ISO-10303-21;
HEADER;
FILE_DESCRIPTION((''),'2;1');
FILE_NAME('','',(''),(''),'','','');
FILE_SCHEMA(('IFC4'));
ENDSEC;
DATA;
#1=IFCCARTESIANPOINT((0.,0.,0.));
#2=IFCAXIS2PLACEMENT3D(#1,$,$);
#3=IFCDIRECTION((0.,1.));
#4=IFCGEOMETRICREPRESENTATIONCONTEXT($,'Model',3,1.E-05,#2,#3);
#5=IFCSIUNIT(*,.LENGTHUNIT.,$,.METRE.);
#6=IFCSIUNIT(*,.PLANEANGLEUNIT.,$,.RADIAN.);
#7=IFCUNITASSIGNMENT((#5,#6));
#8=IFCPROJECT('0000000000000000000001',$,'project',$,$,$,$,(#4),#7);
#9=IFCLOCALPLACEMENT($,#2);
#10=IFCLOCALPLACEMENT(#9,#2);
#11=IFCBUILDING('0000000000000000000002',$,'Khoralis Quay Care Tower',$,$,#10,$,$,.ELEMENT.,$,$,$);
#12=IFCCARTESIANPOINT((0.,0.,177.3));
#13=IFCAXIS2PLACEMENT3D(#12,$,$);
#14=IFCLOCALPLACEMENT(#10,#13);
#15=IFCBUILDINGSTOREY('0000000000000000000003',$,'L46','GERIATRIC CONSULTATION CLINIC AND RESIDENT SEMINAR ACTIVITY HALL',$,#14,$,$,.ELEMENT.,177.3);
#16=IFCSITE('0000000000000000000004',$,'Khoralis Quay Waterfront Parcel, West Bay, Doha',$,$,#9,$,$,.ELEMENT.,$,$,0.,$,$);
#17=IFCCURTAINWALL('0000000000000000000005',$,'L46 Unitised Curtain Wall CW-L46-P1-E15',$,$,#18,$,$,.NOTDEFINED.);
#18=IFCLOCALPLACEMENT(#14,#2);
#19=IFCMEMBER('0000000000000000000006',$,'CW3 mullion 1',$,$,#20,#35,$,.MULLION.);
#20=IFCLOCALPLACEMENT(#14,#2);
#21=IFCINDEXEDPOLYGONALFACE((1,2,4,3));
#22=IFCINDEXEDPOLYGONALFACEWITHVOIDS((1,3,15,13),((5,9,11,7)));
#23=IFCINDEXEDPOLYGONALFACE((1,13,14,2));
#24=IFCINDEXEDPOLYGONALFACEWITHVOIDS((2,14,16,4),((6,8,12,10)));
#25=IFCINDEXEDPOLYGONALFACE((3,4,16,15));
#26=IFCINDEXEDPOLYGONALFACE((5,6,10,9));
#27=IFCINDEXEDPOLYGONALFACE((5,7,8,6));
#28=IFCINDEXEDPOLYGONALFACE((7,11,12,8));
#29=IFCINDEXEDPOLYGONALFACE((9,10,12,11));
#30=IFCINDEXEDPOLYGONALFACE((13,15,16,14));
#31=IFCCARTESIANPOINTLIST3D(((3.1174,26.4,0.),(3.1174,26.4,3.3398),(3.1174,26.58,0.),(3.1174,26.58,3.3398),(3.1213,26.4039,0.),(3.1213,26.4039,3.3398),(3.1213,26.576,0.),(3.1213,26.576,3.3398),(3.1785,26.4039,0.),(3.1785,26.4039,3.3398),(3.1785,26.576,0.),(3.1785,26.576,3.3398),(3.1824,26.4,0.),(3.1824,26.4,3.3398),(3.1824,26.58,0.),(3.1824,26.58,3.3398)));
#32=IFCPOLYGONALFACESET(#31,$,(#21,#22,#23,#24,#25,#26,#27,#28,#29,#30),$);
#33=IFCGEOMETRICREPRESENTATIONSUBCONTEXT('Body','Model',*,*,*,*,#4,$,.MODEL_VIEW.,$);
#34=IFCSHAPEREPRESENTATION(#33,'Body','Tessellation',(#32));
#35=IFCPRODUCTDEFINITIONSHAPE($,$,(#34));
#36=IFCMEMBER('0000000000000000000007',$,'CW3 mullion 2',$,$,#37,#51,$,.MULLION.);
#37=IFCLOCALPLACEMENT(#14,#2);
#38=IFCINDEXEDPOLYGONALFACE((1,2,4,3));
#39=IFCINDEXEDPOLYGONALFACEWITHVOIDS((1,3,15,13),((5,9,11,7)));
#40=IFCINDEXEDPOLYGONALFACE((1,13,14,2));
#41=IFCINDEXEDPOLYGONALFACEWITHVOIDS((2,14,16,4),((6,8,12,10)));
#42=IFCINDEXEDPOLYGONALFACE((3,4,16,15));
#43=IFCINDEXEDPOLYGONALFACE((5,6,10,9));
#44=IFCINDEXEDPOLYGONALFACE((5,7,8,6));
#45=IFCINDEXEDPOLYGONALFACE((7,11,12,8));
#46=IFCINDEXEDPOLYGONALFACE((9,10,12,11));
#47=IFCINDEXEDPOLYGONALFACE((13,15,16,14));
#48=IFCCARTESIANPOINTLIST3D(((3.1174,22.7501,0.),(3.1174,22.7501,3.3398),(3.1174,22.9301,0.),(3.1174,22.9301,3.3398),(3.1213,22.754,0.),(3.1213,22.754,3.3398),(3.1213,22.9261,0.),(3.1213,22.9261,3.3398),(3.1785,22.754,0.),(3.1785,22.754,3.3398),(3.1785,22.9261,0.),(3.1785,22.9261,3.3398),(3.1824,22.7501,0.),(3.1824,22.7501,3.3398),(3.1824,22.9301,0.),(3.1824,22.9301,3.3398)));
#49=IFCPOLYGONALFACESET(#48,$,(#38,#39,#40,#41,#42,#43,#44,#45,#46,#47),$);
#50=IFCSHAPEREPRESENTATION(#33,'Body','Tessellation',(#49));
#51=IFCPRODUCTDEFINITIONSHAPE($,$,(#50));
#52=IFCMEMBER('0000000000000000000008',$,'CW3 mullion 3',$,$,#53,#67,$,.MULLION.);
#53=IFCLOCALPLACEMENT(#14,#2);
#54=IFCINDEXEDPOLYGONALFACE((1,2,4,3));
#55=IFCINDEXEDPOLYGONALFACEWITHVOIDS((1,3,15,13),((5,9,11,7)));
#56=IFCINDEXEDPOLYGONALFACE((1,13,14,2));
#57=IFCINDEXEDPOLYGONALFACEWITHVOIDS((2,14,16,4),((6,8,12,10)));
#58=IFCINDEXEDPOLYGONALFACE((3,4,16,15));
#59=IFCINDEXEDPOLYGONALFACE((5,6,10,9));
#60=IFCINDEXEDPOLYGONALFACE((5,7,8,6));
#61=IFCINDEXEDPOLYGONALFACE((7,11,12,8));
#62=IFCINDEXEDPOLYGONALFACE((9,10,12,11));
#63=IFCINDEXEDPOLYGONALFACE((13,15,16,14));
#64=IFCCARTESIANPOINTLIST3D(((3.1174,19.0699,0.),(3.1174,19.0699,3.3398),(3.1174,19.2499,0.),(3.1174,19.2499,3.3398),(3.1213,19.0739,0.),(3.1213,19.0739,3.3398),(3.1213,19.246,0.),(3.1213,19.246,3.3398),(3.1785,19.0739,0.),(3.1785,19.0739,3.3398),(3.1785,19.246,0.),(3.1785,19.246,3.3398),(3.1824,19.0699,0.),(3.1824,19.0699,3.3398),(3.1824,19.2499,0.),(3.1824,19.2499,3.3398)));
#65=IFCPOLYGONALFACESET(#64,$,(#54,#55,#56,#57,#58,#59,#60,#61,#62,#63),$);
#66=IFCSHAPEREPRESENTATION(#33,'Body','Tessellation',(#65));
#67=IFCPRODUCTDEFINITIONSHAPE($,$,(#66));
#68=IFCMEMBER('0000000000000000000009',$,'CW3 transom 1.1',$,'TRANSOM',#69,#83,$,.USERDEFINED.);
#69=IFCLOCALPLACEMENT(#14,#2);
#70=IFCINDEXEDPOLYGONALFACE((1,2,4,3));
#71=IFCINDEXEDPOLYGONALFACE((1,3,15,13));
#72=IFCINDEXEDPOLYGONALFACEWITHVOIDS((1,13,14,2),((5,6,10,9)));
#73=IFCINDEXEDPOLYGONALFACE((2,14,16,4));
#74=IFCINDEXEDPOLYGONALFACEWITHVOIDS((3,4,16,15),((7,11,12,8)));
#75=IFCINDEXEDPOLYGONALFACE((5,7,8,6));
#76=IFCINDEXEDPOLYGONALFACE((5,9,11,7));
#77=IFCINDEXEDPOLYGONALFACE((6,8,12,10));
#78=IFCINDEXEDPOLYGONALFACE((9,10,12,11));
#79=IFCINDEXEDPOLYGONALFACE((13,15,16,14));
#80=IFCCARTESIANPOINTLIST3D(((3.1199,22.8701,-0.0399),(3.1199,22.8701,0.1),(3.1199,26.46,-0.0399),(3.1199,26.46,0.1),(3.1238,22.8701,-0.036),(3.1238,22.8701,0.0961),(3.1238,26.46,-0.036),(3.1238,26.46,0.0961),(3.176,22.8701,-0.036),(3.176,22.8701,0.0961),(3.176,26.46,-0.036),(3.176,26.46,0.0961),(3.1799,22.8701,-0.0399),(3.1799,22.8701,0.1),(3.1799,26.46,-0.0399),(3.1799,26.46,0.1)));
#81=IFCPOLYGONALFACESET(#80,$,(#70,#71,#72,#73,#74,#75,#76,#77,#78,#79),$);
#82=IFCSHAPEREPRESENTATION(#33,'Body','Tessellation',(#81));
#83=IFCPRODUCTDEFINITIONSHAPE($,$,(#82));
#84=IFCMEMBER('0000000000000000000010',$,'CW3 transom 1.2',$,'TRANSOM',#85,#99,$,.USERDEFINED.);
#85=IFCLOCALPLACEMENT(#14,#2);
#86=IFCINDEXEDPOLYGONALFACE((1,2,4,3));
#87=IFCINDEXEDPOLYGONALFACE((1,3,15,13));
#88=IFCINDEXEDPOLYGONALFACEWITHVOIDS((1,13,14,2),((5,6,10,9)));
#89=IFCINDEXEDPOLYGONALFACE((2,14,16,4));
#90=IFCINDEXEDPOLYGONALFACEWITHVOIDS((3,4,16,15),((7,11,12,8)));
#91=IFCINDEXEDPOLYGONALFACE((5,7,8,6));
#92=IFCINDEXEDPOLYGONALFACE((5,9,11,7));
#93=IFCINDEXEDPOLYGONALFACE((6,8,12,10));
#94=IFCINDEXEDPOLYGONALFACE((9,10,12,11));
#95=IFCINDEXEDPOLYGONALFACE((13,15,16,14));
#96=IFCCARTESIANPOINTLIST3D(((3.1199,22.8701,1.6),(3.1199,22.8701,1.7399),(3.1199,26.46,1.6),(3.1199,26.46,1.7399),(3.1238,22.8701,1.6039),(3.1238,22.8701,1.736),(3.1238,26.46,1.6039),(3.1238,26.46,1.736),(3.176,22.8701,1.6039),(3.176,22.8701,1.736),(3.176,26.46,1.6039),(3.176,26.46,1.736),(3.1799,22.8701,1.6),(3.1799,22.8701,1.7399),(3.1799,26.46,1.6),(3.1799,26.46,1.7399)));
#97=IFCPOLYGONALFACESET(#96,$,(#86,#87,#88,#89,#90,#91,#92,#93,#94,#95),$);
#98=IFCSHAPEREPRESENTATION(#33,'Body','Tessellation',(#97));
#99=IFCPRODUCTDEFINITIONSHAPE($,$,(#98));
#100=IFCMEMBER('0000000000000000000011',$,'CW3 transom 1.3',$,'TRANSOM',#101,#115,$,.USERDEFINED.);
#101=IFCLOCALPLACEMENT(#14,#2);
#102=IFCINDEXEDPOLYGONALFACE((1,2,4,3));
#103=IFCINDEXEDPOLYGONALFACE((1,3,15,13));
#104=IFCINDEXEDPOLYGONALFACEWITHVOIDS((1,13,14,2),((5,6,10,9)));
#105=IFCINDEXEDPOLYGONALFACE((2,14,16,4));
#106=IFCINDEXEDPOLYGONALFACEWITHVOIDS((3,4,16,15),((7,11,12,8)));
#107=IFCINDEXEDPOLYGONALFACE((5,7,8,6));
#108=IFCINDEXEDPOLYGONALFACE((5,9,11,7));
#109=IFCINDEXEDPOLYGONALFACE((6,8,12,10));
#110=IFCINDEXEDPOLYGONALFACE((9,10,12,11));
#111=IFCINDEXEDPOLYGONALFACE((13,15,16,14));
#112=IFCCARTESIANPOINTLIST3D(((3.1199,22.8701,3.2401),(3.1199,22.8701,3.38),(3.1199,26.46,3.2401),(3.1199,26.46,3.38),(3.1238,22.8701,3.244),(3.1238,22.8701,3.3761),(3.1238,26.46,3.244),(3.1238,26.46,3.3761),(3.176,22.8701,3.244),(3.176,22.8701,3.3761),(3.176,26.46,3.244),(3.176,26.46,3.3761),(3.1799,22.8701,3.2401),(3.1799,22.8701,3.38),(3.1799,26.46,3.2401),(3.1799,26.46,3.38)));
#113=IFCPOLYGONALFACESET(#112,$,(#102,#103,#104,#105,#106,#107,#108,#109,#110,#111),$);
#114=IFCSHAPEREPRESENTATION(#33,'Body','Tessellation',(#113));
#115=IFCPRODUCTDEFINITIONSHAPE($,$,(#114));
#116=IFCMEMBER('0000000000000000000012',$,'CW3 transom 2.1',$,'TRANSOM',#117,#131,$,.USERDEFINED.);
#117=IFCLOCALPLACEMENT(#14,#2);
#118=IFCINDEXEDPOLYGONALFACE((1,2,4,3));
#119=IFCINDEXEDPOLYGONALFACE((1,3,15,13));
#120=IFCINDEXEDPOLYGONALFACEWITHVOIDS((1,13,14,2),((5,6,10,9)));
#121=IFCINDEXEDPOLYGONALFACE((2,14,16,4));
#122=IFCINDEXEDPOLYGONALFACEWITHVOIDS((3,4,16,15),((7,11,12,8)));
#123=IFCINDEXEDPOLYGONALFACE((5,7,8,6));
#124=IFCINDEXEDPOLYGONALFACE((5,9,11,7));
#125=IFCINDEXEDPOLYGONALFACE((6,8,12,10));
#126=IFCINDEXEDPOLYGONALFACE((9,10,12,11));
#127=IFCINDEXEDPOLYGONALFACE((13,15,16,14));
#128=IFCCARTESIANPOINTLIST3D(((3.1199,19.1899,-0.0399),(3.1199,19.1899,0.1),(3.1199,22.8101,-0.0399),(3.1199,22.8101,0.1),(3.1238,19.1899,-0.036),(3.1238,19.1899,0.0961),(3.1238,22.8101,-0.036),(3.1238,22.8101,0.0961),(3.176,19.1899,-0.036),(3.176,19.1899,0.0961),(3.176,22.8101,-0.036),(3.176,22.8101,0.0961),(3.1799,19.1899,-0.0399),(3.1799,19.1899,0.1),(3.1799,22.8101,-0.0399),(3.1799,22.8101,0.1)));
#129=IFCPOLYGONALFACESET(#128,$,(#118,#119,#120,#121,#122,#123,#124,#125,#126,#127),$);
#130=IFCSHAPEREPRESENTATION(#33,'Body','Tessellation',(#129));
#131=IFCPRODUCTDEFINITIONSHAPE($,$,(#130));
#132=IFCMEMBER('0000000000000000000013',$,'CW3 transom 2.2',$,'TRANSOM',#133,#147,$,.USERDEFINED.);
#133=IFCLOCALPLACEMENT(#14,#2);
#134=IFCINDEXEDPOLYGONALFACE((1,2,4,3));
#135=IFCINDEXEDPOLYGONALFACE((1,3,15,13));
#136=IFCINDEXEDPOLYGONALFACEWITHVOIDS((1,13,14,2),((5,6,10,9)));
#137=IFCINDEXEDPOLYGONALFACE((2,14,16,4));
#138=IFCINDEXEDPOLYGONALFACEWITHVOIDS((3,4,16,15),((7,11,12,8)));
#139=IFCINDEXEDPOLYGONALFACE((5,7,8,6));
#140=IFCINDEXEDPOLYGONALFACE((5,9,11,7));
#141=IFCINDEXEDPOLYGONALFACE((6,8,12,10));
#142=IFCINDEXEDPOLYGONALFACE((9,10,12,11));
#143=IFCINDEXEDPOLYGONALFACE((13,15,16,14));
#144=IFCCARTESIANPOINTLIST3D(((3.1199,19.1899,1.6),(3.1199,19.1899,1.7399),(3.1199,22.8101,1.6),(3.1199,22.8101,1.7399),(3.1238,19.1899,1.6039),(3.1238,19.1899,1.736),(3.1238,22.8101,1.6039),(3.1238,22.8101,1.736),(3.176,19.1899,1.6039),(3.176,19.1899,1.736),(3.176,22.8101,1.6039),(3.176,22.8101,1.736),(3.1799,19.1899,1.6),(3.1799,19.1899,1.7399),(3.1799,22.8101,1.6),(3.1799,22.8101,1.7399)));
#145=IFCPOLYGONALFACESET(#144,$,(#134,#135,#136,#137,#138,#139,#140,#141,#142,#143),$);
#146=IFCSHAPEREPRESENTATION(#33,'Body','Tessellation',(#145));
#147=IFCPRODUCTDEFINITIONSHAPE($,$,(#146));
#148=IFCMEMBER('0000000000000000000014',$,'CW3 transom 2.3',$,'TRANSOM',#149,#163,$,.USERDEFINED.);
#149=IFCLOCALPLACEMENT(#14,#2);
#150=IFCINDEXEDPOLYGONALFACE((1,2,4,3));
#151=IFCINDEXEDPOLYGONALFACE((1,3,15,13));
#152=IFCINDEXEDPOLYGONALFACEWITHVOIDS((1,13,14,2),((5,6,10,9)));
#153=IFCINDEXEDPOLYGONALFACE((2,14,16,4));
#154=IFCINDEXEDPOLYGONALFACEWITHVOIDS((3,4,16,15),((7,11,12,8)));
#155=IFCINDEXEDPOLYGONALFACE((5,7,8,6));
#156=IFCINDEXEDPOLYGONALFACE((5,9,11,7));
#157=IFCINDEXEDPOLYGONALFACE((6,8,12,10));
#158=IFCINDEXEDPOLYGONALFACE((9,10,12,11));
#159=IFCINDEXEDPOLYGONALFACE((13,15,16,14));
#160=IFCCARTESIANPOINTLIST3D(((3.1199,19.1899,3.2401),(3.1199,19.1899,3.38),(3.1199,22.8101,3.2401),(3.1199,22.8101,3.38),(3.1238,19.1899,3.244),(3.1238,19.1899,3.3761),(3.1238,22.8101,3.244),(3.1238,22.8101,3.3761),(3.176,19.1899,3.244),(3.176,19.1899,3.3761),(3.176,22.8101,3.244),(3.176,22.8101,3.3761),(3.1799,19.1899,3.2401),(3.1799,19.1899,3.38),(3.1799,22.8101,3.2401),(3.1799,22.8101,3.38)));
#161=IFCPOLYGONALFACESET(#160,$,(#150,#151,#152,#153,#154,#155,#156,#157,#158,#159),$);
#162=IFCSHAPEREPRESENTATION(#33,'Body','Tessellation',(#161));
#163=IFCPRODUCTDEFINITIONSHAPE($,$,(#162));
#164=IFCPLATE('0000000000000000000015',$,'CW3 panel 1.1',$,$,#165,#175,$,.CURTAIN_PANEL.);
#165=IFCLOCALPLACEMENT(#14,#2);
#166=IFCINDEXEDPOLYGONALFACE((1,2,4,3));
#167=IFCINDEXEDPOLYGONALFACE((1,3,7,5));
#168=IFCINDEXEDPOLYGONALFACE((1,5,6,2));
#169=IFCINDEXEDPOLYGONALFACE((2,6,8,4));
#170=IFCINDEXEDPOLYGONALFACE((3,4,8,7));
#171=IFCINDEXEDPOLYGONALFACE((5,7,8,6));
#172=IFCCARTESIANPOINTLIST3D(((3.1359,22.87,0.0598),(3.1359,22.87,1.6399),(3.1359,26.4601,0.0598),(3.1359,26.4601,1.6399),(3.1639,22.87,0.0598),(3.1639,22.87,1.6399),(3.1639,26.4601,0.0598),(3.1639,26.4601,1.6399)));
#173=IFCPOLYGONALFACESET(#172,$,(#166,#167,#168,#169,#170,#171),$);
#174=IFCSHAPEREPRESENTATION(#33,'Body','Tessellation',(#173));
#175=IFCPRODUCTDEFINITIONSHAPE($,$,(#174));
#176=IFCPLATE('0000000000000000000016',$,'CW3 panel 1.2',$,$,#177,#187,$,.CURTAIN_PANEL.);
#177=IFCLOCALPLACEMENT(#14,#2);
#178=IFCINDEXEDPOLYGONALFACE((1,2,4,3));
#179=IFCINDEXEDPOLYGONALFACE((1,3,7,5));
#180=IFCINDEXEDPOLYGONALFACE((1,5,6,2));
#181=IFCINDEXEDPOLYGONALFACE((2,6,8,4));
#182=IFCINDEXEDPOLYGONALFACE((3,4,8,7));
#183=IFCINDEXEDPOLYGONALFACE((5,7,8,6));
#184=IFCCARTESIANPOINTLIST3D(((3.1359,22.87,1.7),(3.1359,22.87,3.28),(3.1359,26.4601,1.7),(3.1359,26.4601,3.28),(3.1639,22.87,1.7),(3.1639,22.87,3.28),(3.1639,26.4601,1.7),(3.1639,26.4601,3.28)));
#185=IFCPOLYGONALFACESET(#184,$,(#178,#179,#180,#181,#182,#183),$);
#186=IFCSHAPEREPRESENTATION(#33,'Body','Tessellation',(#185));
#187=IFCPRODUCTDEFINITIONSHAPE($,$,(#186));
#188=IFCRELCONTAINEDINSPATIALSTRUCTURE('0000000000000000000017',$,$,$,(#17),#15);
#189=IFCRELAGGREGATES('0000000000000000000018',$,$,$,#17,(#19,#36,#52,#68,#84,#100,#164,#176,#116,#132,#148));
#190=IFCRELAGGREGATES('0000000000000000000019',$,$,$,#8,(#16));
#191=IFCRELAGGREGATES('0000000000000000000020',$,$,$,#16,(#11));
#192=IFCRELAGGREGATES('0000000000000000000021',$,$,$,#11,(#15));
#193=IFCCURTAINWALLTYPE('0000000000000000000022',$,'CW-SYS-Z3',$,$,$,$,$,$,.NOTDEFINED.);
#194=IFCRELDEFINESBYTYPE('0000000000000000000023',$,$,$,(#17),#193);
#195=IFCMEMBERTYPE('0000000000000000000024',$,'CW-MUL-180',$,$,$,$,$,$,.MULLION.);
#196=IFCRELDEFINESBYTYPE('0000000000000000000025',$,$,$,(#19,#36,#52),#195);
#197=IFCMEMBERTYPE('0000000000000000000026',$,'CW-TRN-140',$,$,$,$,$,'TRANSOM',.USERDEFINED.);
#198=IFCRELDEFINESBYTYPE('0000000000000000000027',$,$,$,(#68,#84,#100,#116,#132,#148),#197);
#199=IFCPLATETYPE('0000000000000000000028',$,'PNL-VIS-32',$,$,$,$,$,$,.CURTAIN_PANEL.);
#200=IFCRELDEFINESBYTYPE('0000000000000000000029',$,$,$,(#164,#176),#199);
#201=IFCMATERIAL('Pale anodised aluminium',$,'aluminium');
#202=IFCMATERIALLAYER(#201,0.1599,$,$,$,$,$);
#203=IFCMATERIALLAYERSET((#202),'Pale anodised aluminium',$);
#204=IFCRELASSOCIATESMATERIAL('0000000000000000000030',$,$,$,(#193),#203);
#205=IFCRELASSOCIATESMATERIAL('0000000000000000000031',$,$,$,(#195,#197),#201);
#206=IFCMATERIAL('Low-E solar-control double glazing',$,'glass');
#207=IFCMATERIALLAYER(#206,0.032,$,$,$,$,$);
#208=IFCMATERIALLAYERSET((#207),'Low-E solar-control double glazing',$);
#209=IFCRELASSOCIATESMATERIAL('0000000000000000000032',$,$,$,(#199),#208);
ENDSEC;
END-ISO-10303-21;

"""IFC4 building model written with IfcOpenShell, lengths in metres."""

from ifc_helpers import new_model, si_unit, direction, frame, origin, origin_2d, place, context, subcontext, project, spatial, rectangle, hollow_rectangle, extrude, source, transform, mapped, material, layer, layer_set, material_profile, profile_set, type_object, element, aggregate, save


model = new_model("IFC4")

# Units and contexts
model_context = context("Model", 3, precision=1e-05, world=origin(), true_north=direction((0.0, 1.0)))
body_context = subcontext(model_context, "Body", "Model", "MODEL_VIEW")
ifc_project = project(units=[si_unit("LENGTHUNIT", "METRE"), si_unit("PLANEANGLEUNIT", "RADIAN")], contexts=[model_context])

# Site, building, storey
site_placement = place(None, origin())
site = spatial("IfcSite", under=ifc_project, at=site_placement, Name="Khoralis Quay Waterfront Parcel, West Bay, Doha", CompositionType="ELEMENT", RefElevation=0.0)
building_placement = place(site_placement, origin())
building = spatial("IfcBuilding", under=site, at=building_placement, Name="Khoralis Quay Care Tower", CompositionType="ELEMENT")
storey_placement = place(building_placement, frame((0.0, 0.0, 177.3)))
storey = spatial("IfcBuildingStorey", under=building, at=storey_placement, Name="L46", Description="GERIATRIC CONSULTATION CLINIC AND RESIDENT SEMINAR ACTIVITY HALL", CompositionType="ELEMENT", Elevation=177.3)

# Curtain wall, members, plates
ifc_material_1 = material(Name="Pale anodised aluminium", Category="aluminium")
ifc_layer_1 = layer(ifc_material_1, 0.1599)
ifc_layer_set_1 = layer_set([ifc_layer_1], Name="Pale anodised aluminium")
curtain_wall_type = type_object("IfcCurtainWallType", Name="CW-SYS-Z3", PredefinedType="NOTDEFINED", material=ifc_layer_set_1)
curtain_wall_placement = place(storey_placement, origin())
curtain_wall = element("IfcCurtainWall", 1, at=curtain_wall_placement, inside=storey, type_object=curtain_wall_type, Name="L46 Unitised Curtain Wall CW-L46-P1-E15", PredefinedType="NOTDEFINED")
ifc_material_profile_1 = material_profile(ifc_material_1, hollow_rectangle(XDim=0.0649, YDim=0.1799, WallThickness=0.0039, at=origin_2d()), Name="Pale anodised aluminium")
ifc_profile_set_1 = profile_set([ifc_material_profile_1], Name="Pale anodised aluminium")
member_type_1 = type_object("IfcMemberType", Name="CW-MUL-180", PredefinedType="MULLION", material=ifc_profile_set_1)
shared_shape_1 = source(origin(), body_context, "Body", "SweptSolid", [
    extrude(hollow_rectangle(XDim=0.0649, YDim=0.1799, WallThickness=0.0039, at=origin_2d()), origin(), (0.0, 0.0, 1.0), 3.3398),
])
member_1_placement = place(storey_placement, frame((3.1499, 26.49, 0.0), z_axis=(0.0, 0.0, 1.0), x_axis=(1.0, 0.0, 0.0)))
member_1 = element("IfcMember", 2, at=member_1_placement, type_object=member_type_1, Name="CW3 mullion 1", PredefinedType="MULLION", context=body_context, shape_type="MappedRepresentation", body=[
    mapped(shared_shape_1, transform((0.0, 0.0, 0.0), scale=1.0)),
])
member_2_placement = place(storey_placement, frame((3.1499, 22.8401, 0.0), z_axis=(0.0, 0.0, 1.0), x_axis=(1.0, 0.0, 0.0)))
member_2 = element("IfcMember", 3, at=member_2_placement, type_object=member_type_1, Name="CW3 mullion 2", PredefinedType="MULLION", context=body_context, shape_type="MappedRepresentation", body=[
    mapped(shared_shape_1, transform((0.0, 0.0, 0.0), scale=1.0)),
])
member_3_placement = place(storey_placement, frame((3.1499, 19.1599, 0.0), z_axis=(0.0, 0.0, 1.0), x_axis=(1.0, 0.0, 0.0)))
member_3 = element("IfcMember", 4, at=member_3_placement, type_object=member_type_1, Name="CW3 mullion 3", PredefinedType="MULLION", context=body_context, shape_type="MappedRepresentation", body=[
    mapped(shared_shape_1, transform((0.0, 0.0, 0.0), scale=1.0)),
])
ifc_material_profile_2 = material_profile(ifc_material_1, hollow_rectangle(XDim=0.0601, YDim=0.1399, WallThickness=0.0039, at=origin_2d()), Name="Pale anodised aluminium")
ifc_profile_set_2 = profile_set([ifc_material_profile_2], Name="Pale anodised aluminium")
member_type_2 = type_object("IfcMemberType", Name="CW-TRN-140", ElementType="TRANSOM", PredefinedType="USERDEFINED", material=ifc_profile_set_2)
shared_shape_2 = source(origin(), body_context, "Body", "SweptSolid", [
    extrude(hollow_rectangle(XDim=0.0601, YDim=0.1399, WallThickness=0.0039, at=origin_2d()), origin(), (0.0, 0.0, 1.0), 3.5898),
])
member_4_placement = place(storey_placement, frame((3.1499, 26.46, 0.03), z_axis=(0.0, -1.0, 0.0), x_axis=(1.0, 0.0, 0.0)))
member_4 = element("IfcMember", 5, at=member_4_placement, type_object=member_type_2, Name="CW3 transom 1.1", ObjectType="TRANSOM", PredefinedType="USERDEFINED", context=body_context, shape_type="MappedRepresentation", body=[
    mapped(shared_shape_2, transform((0.0, 0.0, 0.0), scale=1.0)),
])
member_5_placement = place(storey_placement, frame((3.1499, 26.46, 1.6699), z_axis=(0.0, -1.0, 0.0), x_axis=(1.0, 0.0, 0.0)))
member_5 = element("IfcMember", 6, at=member_5_placement, type_object=member_type_2, Name="CW3 transom 1.2", ObjectType="TRANSOM", PredefinedType="USERDEFINED", context=body_context, shape_type="MappedRepresentation", body=[
    mapped(shared_shape_2, transform((0.0, 0.0, 0.0), scale=1.0)),
])
member_6_placement = place(storey_placement, frame((3.1499, 26.46, 3.3101), z_axis=(0.0, -1.0, 0.0), x_axis=(1.0, 0.0, 0.0)))
member_6 = element("IfcMember", 7, at=member_6_placement, type_object=member_type_2, Name="CW3 transom 1.3", ObjectType="TRANSOM", PredefinedType="USERDEFINED", context=body_context, shape_type="MappedRepresentation", body=[
    mapped(shared_shape_2, transform((0.0, 0.0, 0.0), scale=1.0)),
])
shared_shape_3 = source(origin(), body_context, "Body", "SweptSolid", [
    extrude(hollow_rectangle(XDim=0.0601, YDim=0.1399, WallThickness=0.0039, at=origin_2d()), origin(), (0.0, 0.0, 1.0), 3.6201),
])
member_7_placement = place(storey_placement, frame((3.1499, 22.8101, 0.03), z_axis=(0.0, -1.0, 0.0), x_axis=(1.0, 0.0, 0.0)))
member_7 = element("IfcMember", 8, at=member_7_placement, type_object=member_type_2, Name="CW3 transom 2.1", ObjectType="TRANSOM", PredefinedType="USERDEFINED", context=body_context, shape_type="MappedRepresentation", body=[
    mapped(shared_shape_3, transform((0.0, 0.0, 0.0), scale=1.0)),
])
member_8_placement = place(storey_placement, frame((3.1499, 22.8101, 1.6699), z_axis=(0.0, -1.0, 0.0), x_axis=(1.0, 0.0, 0.0)))
member_8 = element("IfcMember", 9, at=member_8_placement, type_object=member_type_2, Name="CW3 transom 2.2", ObjectType="TRANSOM", PredefinedType="USERDEFINED", context=body_context, shape_type="MappedRepresentation", body=[
    mapped(shared_shape_3, transform((0.0, 0.0, 0.0), scale=1.0)),
])
member_9_placement = place(storey_placement, frame((3.1499, 22.8101, 3.3101), z_axis=(0.0, -1.0, 0.0), x_axis=(1.0, 0.0, 0.0)))
member_9 = element("IfcMember", 10, at=member_9_placement, type_object=member_type_2, Name="CW3 transom 2.3", ObjectType="TRANSOM", PredefinedType="USERDEFINED", context=body_context, shape_type="MappedRepresentation", body=[
    mapped(shared_shape_3, transform((0.0, 0.0, 0.0), scale=1.0)),
])
ifc_material_2 = material(Name="Low-E solar-control double glazing", Category="glass")
ifc_layer_2 = layer(ifc_material_2, 0.032)
ifc_layer_set_2 = layer_set([ifc_layer_2], Name="Low-E solar-control double glazing")
plate_type = type_object("IfcPlateType", Name="PNL-VIS-32", PredefinedType="CURTAIN_PANEL", material=ifc_layer_set_2)
shared_shape_4 = source(origin(), body_context, "Body", "SweptSolid", [
    extrude(rectangle(XDim=3.5901, YDim=0.0281, at=origin_2d()), origin(), (0.0, 0.0, 1.0), 1.5801),
])
plate_1_placement = place(storey_placement, frame((3.1499, 24.665, 0.0598), z_axis=(0.0, 0.0, 1.0), x_axis=(0.0, -1.0, 0.0)))
plate_1 = element("IfcPlate", 11, at=plate_1_placement, type_object=plate_type, Name="CW3 panel 1.1", PredefinedType="CURTAIN_PANEL", context=body_context, shape_type="MappedRepresentation", body=[
    mapped(shared_shape_4, transform((0.0, 0.0, 0.0), scale=1.0)),
])
plate_2_placement = place(storey_placement, frame((3.1499, 24.665, 1.7), z_axis=(0.0, 0.0, 1.0), x_axis=(0.0, -1.0, 0.0)))
plate_2 = element("IfcPlate", 12, at=plate_2_placement, type_object=plate_type, Name="CW3 panel 1.2", PredefinedType="CURTAIN_PANEL", context=body_context, shape_type="MappedRepresentation", body=[
    mapped(shared_shape_4, transform((0.0, 0.0, 0.0), scale=1.0)),
])
aggregate(curtain_wall, [member_1, member_2, member_3, member_4, member_5, member_6, plate_1, plate_2, member_7, member_8, member_9])

save(model, "model.ifc")
